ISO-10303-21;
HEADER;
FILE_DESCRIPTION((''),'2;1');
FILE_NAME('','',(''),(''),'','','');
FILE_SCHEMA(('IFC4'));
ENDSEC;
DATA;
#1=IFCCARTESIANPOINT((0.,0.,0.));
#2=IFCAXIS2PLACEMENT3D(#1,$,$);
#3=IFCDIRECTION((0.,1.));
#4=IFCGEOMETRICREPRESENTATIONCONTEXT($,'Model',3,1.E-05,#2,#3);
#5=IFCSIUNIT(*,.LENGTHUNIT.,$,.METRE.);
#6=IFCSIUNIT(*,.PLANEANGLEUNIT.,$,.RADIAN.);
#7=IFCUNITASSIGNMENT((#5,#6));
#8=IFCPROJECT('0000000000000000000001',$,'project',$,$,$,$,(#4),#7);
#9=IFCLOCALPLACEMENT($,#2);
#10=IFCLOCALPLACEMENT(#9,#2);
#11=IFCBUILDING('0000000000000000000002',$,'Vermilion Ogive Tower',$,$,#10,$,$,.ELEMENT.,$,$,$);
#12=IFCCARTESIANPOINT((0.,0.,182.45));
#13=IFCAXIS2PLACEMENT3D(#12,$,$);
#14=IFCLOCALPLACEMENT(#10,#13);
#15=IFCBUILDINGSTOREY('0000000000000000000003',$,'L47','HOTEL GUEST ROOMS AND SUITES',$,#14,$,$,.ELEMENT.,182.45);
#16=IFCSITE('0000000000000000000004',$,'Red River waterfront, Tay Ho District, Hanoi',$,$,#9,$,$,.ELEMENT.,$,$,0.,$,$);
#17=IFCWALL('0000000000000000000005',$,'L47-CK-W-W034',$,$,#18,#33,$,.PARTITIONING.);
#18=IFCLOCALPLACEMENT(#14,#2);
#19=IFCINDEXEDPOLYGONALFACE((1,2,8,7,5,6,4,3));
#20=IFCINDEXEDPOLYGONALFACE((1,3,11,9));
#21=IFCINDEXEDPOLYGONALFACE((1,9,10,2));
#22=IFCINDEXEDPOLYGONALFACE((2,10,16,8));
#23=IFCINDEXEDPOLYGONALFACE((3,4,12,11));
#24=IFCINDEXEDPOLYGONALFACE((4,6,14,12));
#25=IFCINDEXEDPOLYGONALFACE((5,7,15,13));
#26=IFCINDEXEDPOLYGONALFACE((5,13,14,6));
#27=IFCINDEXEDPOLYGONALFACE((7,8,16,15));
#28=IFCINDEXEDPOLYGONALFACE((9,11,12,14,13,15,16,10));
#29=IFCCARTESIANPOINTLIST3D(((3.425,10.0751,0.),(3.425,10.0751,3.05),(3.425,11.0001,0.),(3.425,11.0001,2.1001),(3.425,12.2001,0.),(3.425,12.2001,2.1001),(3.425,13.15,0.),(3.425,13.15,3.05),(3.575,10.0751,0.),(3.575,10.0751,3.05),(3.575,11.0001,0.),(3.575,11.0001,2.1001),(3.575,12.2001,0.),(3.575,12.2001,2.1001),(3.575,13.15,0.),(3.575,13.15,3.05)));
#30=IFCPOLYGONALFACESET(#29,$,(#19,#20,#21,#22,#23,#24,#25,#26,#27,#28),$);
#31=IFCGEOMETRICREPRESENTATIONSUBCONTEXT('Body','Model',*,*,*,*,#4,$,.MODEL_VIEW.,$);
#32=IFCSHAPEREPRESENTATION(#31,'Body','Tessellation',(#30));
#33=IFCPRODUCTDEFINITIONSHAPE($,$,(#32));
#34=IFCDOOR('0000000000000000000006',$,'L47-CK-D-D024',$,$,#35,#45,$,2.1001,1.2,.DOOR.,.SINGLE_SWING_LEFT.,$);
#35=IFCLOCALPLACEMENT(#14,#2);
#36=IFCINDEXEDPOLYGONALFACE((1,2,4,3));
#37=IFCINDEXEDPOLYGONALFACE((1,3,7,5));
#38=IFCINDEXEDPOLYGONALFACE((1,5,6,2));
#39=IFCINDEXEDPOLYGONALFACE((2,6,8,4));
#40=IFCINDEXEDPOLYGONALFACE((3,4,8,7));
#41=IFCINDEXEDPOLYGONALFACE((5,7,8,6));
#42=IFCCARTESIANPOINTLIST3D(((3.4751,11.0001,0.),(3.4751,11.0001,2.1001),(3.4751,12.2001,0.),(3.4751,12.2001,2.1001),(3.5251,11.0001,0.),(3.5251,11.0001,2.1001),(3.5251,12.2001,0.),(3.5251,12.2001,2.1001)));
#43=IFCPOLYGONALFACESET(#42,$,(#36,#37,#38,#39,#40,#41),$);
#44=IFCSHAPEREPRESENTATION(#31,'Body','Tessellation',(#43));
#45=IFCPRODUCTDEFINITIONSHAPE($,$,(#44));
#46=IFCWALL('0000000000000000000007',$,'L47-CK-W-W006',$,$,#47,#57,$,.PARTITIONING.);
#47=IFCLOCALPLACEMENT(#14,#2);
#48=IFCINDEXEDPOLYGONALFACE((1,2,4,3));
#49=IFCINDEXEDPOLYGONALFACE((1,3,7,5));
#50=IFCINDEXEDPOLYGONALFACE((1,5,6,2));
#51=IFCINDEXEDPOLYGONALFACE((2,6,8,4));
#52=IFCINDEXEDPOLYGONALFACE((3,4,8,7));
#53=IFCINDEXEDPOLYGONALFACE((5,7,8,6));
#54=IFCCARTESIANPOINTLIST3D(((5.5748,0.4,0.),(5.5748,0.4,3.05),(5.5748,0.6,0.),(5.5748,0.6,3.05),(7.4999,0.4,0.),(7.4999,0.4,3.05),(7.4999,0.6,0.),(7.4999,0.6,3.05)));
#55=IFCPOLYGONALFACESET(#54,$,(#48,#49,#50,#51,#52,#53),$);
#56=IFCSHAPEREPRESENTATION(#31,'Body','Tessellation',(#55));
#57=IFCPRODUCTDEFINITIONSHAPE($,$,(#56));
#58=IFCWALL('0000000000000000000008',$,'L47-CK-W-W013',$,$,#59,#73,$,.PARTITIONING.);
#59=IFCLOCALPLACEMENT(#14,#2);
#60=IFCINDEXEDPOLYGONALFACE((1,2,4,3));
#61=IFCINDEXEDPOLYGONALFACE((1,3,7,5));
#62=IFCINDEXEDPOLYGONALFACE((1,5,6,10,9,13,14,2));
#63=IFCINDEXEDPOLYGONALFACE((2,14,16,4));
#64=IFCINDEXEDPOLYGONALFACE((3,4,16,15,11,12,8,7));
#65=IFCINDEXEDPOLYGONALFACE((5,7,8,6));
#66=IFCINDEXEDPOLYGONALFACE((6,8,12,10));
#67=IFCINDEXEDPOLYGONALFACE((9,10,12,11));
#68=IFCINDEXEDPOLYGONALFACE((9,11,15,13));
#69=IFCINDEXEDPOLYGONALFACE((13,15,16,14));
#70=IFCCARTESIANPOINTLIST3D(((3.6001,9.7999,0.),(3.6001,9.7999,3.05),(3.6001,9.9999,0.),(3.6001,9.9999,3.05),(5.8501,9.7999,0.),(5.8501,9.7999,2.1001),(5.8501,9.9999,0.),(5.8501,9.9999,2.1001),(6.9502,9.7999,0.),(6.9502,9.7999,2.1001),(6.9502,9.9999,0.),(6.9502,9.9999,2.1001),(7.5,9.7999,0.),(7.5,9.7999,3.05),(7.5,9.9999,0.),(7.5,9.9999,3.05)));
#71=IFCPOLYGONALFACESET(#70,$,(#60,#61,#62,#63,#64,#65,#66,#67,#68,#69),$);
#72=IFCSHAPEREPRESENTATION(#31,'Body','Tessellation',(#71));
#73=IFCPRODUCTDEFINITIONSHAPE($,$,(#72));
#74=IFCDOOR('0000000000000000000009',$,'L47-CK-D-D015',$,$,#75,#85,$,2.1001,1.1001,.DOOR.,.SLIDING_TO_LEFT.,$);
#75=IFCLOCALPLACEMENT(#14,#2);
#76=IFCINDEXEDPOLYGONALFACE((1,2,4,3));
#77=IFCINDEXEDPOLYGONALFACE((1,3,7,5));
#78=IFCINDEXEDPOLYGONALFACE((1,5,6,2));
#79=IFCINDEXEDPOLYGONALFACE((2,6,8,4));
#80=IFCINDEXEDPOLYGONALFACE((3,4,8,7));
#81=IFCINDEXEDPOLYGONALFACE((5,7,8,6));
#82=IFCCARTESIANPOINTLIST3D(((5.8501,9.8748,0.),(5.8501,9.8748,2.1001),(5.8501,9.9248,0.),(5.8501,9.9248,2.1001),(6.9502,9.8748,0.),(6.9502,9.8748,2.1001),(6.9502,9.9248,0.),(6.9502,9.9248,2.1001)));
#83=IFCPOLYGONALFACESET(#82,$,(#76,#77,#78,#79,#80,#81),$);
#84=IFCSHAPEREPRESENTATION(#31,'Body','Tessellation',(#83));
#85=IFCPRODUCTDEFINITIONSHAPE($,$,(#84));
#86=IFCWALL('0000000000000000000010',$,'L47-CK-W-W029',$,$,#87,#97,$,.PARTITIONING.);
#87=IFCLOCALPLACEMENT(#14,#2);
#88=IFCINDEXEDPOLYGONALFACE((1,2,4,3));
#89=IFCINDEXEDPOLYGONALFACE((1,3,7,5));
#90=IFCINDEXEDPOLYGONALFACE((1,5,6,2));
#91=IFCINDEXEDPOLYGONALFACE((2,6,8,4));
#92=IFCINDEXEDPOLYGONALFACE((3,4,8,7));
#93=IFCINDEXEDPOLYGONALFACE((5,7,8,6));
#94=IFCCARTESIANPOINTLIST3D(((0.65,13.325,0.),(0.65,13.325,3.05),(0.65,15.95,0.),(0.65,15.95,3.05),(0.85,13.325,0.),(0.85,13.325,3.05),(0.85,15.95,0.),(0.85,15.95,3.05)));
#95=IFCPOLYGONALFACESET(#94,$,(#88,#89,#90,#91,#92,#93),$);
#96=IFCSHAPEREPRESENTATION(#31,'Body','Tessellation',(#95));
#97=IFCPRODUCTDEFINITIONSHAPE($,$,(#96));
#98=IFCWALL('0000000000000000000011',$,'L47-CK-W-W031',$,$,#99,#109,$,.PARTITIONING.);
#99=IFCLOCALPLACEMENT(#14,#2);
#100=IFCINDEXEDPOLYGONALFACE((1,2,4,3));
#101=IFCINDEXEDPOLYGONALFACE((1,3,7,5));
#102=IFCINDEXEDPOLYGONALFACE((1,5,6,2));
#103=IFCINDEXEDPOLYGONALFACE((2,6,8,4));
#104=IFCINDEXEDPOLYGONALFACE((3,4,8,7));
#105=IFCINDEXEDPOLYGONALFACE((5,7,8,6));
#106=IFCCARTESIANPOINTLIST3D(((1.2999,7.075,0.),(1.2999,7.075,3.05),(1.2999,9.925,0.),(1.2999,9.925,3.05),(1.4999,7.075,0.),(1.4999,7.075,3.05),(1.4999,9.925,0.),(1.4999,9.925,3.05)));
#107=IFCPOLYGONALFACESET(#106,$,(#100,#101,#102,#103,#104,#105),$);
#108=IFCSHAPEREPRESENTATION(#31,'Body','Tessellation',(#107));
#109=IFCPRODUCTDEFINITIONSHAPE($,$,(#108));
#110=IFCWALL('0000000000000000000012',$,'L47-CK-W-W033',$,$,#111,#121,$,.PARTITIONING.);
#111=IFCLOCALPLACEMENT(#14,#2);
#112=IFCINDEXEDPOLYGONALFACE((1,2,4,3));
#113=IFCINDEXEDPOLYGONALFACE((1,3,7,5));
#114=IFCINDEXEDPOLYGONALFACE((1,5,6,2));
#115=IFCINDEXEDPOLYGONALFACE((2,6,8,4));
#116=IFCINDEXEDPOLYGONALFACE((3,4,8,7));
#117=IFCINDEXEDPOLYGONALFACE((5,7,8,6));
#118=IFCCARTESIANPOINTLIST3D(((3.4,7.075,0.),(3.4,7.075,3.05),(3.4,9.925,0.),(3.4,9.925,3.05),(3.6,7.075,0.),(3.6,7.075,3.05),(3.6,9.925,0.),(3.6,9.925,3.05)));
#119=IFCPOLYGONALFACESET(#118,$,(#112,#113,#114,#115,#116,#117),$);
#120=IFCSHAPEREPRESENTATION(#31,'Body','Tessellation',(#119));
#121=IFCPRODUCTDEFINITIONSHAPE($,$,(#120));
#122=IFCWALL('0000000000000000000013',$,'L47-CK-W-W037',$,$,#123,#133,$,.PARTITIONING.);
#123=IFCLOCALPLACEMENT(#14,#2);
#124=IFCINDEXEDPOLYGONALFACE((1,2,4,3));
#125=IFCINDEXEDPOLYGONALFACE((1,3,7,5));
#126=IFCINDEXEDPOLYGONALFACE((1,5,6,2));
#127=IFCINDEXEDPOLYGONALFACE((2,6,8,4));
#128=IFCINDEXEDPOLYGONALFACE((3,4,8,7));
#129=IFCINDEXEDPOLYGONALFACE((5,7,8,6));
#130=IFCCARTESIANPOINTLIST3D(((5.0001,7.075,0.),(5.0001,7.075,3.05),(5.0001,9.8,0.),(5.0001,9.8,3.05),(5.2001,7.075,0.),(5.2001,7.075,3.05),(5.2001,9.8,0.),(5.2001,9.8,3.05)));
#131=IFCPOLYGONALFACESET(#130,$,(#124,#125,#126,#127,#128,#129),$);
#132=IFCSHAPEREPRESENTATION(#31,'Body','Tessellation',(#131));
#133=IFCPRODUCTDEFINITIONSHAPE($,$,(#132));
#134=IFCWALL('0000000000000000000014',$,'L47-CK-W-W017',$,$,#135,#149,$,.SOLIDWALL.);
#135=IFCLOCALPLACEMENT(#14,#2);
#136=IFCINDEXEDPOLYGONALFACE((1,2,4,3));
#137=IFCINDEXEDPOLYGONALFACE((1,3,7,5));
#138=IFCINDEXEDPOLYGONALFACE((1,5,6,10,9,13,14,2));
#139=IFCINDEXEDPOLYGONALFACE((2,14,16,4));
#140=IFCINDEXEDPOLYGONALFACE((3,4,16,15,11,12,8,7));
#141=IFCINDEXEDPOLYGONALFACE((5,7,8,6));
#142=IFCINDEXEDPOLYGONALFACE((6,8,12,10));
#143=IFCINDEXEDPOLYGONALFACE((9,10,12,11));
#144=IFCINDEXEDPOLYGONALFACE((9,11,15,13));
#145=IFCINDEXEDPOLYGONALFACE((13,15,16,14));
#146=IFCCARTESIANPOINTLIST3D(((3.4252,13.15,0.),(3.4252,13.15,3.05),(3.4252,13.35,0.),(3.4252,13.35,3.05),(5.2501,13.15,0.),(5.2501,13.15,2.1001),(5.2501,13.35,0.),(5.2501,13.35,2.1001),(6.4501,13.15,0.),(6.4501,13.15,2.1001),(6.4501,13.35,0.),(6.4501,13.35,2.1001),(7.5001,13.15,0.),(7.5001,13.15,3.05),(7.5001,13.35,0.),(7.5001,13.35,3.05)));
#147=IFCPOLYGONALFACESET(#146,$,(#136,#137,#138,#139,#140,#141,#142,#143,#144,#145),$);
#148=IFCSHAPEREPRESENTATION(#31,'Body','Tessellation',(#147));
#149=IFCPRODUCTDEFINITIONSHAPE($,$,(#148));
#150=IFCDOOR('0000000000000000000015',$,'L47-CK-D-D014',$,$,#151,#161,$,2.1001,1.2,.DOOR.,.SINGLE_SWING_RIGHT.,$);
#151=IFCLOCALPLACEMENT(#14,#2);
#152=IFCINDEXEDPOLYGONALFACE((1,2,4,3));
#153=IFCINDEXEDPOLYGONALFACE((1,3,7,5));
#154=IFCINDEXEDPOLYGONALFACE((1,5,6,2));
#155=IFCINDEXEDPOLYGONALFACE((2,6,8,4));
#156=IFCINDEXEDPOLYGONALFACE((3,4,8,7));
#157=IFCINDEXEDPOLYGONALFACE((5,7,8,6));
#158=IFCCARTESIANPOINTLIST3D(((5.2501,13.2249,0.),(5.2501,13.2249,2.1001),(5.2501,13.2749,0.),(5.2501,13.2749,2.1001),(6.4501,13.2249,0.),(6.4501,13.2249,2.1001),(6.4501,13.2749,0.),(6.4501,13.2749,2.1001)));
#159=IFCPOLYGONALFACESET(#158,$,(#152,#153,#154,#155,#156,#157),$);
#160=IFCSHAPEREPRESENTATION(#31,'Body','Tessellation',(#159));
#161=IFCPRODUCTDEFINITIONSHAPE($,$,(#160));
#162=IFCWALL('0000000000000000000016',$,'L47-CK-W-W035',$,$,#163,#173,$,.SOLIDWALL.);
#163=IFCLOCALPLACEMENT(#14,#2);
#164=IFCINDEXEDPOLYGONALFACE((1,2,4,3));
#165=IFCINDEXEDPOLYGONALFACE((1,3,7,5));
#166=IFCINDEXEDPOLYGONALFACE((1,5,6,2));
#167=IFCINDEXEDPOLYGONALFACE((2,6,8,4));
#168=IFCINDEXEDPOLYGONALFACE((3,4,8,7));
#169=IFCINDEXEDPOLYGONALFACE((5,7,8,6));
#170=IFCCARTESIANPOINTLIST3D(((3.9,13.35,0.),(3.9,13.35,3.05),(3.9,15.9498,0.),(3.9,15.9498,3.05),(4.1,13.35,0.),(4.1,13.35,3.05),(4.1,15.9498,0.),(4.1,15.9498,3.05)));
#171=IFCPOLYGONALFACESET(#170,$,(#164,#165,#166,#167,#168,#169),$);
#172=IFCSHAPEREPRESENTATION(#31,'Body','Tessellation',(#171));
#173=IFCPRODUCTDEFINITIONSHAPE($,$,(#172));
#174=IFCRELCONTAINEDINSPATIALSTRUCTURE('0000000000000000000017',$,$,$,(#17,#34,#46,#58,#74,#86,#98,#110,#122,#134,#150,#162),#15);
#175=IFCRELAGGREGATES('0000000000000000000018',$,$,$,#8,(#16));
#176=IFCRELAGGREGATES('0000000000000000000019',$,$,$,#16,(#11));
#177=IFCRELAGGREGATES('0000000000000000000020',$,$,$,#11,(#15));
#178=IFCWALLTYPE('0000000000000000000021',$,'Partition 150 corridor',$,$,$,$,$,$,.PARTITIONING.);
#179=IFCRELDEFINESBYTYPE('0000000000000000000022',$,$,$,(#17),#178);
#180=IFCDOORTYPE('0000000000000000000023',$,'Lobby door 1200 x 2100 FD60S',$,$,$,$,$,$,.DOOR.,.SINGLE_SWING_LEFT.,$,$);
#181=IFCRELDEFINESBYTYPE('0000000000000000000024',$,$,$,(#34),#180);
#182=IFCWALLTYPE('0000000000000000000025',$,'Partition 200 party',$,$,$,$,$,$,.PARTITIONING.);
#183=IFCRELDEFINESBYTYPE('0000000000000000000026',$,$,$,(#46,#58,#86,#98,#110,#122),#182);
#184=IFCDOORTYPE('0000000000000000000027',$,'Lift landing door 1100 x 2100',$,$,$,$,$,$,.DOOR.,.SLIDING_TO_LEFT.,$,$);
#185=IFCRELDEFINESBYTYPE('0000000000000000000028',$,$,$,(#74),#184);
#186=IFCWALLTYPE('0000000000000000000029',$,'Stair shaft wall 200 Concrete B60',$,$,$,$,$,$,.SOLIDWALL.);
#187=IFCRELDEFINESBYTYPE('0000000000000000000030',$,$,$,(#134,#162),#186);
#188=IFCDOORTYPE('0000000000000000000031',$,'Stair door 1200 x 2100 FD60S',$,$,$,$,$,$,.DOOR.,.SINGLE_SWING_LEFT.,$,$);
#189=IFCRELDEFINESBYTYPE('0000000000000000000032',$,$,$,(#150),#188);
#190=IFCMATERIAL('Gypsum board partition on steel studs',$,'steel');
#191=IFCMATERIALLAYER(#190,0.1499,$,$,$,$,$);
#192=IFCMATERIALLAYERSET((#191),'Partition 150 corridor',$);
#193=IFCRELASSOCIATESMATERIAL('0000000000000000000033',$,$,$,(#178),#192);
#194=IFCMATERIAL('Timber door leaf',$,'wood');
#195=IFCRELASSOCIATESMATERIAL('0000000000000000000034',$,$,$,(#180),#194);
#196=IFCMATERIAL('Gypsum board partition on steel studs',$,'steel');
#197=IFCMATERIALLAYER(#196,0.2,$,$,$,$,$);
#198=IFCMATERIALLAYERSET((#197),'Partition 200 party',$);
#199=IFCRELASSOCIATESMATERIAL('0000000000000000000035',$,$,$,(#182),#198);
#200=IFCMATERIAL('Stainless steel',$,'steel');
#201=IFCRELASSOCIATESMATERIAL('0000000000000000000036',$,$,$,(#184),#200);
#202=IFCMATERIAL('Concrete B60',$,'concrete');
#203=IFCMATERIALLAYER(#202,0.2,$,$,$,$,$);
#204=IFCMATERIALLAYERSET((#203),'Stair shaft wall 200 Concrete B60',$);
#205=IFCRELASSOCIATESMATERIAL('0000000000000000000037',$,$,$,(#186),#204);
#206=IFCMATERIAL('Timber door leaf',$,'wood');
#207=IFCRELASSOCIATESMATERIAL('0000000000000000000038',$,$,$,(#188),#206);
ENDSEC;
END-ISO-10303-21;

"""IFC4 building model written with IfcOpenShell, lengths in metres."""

from ifc_helpers import new_model, si_unit, direction, frame, frame_2d, origin, place, context, subcontext, project, spatial, rectangle, extrude, material, layer, layer_set, type_object, element, fill, save


model = new_model("IFC4")

# Units and contexts
model_context = context("Model", 3, precision=1e-05, world=origin(), true_north=direction((0.0, 1.0)))
body_context = subcontext(model_context, "Body", "Model", "MODEL_VIEW")
ifc_project = project(units=[si_unit("LENGTHUNIT", "METRE"), si_unit("PLANEANGLEUNIT", "RADIAN")], contexts=[model_context])

# Site, building, storey
site_placement = place(None, origin())
site = spatial("IfcSite", under=ifc_project, at=site_placement, Name="Red River waterfront, Tay Ho District, Hanoi", CompositionType="ELEMENT", RefElevation=0.0)
building_placement = place(site_placement, origin())
building = spatial("IfcBuilding", under=site, at=building_placement, Name="Vermilion Ogive Tower", CompositionType="ELEMENT")
storey_placement = place(building_placement, frame((0.0, 0.0, 182.45)))
storey = spatial("IfcBuildingStorey", under=building, at=storey_placement, Name="L47", Description="HOTEL GUEST ROOMS AND SUITES", CompositionType="ELEMENT", Elevation=182.45)

# Shared definitions
ifc_material_1 = material(Name="Gypsum board partition on steel studs", Category="steel")
ifc_layer_1 = layer(ifc_material_1, 0.1499)
ifc_layer_set_1 = layer_set([ifc_layer_1], Name="Partition 150 corridor")
wall_type_1 = type_object("IfcWallType", Name="Partition 150 corridor", PredefinedType="PARTITIONING", material=ifc_layer_set_1)

# Wall, opening, door
wall_1_placement = place(storey_placement, frame((3.5, 10.075, 0.0), z_axis=(0.0, 0.0, 1.0), x_axis=(0.0, 1.0, 0.0)))
wall_1 = element("IfcWall", 1, at=wall_1_placement, inside=storey, type_object=wall_type_1, Name="L47-CK-W-W034", PredefinedType="PARTITIONING", context=body_context, shape_type="SweptSolid", body=[
    extrude(rectangle(XDim=3.075, YDim=0.1499, at=frame_2d((1.5376, 0.0))), origin(), (0.0, 0.0, 1.0), 3.05),
])
opening_1_placement = place(wall_1_placement, frame((0.925, 0.0, 0.0)))
opening_1 = element("IfcOpeningElement", 2, at=opening_1_placement, cuts=wall_1, PredefinedType="OPENING", context=body_context, shape_type="SweptSolid", body=[
    extrude(rectangle(XDim=1.2, YDim=2.1001, at=frame_2d((0.6001, 1.05))), frame((0.0, 0.085, 0.0), z_axis=(0.0, -1.0, 0.0), x_axis=(1.0, 0.0, 0.0)), (0.0, 0.0, 1.0), 0.1699),
])
ifc_material_2 = material(Name="Timber door leaf", Category="wood")
door_type_1 = type_object("IfcDoorType", Name="Lobby door 1200 x 2100 FD60S", OperationType="SINGLE_SWING_LEFT", PredefinedType="DOOR", material=ifc_material_2)
door_1_placement = place(opening_1_placement, origin())
door_1 = element("IfcDoor", 3, at=door_1_placement, inside=storey, type_object=door_type_1, Name="L47-CK-D-D024", OperationType="SINGLE_SWING_LEFT", OverallHeight=2.1001, OverallWidth=1.2, PredefinedType="DOOR", context=body_context, shape_type="SweptSolid", body=[
    extrude(rectangle(XDim=1.2, YDim=2.1001, at=frame_2d((0.6001, 1.05))), frame((0.0, 0.0249, 0.0), z_axis=(0.0, -1.0, 0.0), x_axis=(1.0, 0.0, 0.0)), (0.0, 0.0, 1.0), 0.05),
])
fill(opening_1, door_1)

# Wall
ifc_material_3 = material(Name="Gypsum board partition on steel studs", Category="steel")
ifc_layer_2 = layer(ifc_material_3, 0.2)
ifc_layer_set_2 = layer_set([ifc_layer_2], Name="Partition 200 party")
wall_type_2 = type_object("IfcWallType", Name="Partition 200 party", PredefinedType="PARTITIONING", material=ifc_layer_set_2)
wall_2_placement = place(storey_placement, frame((5.575, 0.5, 0.0), z_axis=(0.0, 0.0, 1.0), x_axis=(1.0, 0.0, 0.0)))
element("IfcWall", 4, at=wall_2_placement, inside=storey, type_object=wall_type_2, Name="L47-CK-W-W006", PredefinedType="PARTITIONING", context=body_context, shape_type="SweptSolid", body=[
    extrude(rectangle(XDim=1.925, YDim=0.2, at=frame_2d((0.9624, 0.0))), origin(), (0.0, 0.0, 1.0), 3.05),
])

# Wall, opening, door
wall_3_placement = place(storey_placement, frame((3.6001, 9.8999, 0.0), z_axis=(0.0, 0.0, 1.0), x_axis=(1.0, 0.0, 0.0)))
wall_3 = element("IfcWall", 5, at=wall_3_placement, inside=storey, type_object=wall_type_2, Name="L47-CK-W-W013", PredefinedType="PARTITIONING", context=body_context, shape_type="SweptSolid", body=[
    extrude(rectangle(XDim=3.8999, YDim=0.2, at=frame_2d((1.95, 0.0))), origin(), (0.0, 0.0, 1.0), 3.05),
])
opening_2_placement = place(wall_3_placement, frame((2.25, 0.0, 0.0)))
opening_2 = element("IfcOpeningElement", 6, at=opening_2_placement, cuts=wall_3, PredefinedType="OPENING", context=body_context, shape_type="SweptSolid", body=[
    extrude(rectangle(XDim=1.1001, YDim=2.1001, at=frame_2d((0.55, 1.05))), frame((0.0, 0.1099, 0.0), z_axis=(0.0, -1.0, 0.0), x_axis=(1.0, 0.0, 0.0)), (0.0, 0.0, 1.0), 0.22),
])
ifc_material_4 = material(Name="Stainless steel", Category="steel")
door_type_2 = type_object("IfcDoorType", Name="Lift landing door 1100 x 2100", OperationType="SLIDING_TO_LEFT", PredefinedType="DOOR", material=ifc_material_4)
door_2_placement = place(opening_2_placement, origin())
door_2 = element("IfcDoor", 7, at=door_2_placement, inside=storey, type_object=door_type_2, Name="L47-CK-D-D015", OperationType="SLIDING_TO_LEFT", OverallHeight=2.1001, OverallWidth=1.1001, PredefinedType="DOOR", context=body_context, shape_type="SweptSolid", body=[
    extrude(rectangle(XDim=1.1001, YDim=2.1001, at=frame_2d((0.55, 1.05))), frame((0.0, 0.0249, 0.0), z_axis=(0.0, -1.0, 0.0), x_axis=(1.0, 0.0, 0.0)), (0.0, 0.0, 1.0), 0.05),
])
fill(opening_2, door_2)

# Walls
wall_4_placement = place(storey_placement, frame((0.75, 13.325, 0.0), z_axis=(0.0, 0.0, 1.0), x_axis=(0.0, 1.0, 0.0)))
element("IfcWall", 8, at=wall_4_placement, inside=storey, type_object=wall_type_2, Name="L47-CK-W-W029", PredefinedType="PARTITIONING", context=body_context, shape_type="SweptSolid", body=[
    extrude(rectangle(XDim=2.625, YDim=0.2, at=frame_2d((1.3125, 0.0))), origin(), (0.0, 0.0, 1.0), 3.05),
])
for number, where, z_axis, x_axis, name in (
    (9, (1.3999, 7.075, 0.0), (0.0, 0.0, 1.0), (0.0, 1.0, 0.0), "L47-CK-W-W031"),
    (10, (3.5, 7.075, 0.0), (0.0, 0.0, 1.0), (0.0, 1.0, 0.0), "L47-CK-W-W033"),
):
    element("IfcWall", number, at=place(storey_placement, frame(where, z_axis=z_axis, x_axis=x_axis)), inside=storey, type_object=wall_type_2, Name=name, PredefinedType="PARTITIONING", context=body_context, shape_type="SweptSolid", body=[
        extrude(rectangle(XDim=2.8501, YDim=0.2, at=frame_2d((1.425, 0.0))), origin(), (0.0, 0.0, 1.0), 3.05),
    ])
wall_5_placement = place(storey_placement, frame((5.1001, 7.075, 0.0), z_axis=(0.0, 0.0, 1.0), x_axis=(0.0, 1.0, 0.0)))
element("IfcWall", 11, at=wall_5_placement, inside=storey, type_object=wall_type_2, Name="L47-CK-W-W037", PredefinedType="PARTITIONING", context=body_context, shape_type="SweptSolid", body=[
    extrude(rectangle(XDim=2.7251, YDim=0.2, at=frame_2d((1.3625, 0.0))), origin(), (0.0, 0.0, 1.0), 3.05),
])

# Wall, opening, door
ifc_material_5 = material(Name="Concrete B60", Category="concrete")
ifc_layer_3 = layer(ifc_material_5, 0.2)
ifc_layer_set_3 = layer_set([ifc_layer_3], Name="Stair shaft wall 200 Concrete B60")
wall_type_3 = type_object("IfcWallType", Name="Stair shaft wall 200 Concrete B60", PredefinedType="SOLIDWALL", material=ifc_layer_set_3)
wall_6_placement = place(storey_placement, frame((3.425, 13.25, 0.0), z_axis=(0.0, 0.0, 1.0), x_axis=(1.0, 0.0, 0.0)))
wall_6 = element("IfcWall", 12, at=wall_6_placement, inside=storey, type_object=wall_type_3, Name="L47-CK-W-W017", PredefinedType="SOLIDWALL", context=body_context, shape_type="SweptSolid", body=[
    extrude(rectangle(XDim=4.075, YDim=0.2, at=frame_2d((2.0376, 0.0))), origin(), (0.0, 0.0, 1.0), 3.05),
])
opening_3_placement = place(wall_6_placement, frame((1.825, 0.0, 0.0)))
opening_3 = element("IfcOpeningElement", 13, at=opening_3_placement, cuts=wall_6, PredefinedType="OPENING", context=body_context, shape_type="SweptSolid", body=[
    extrude(rectangle(XDim=1.2, YDim=2.1001, at=frame_2d((0.6001, 1.05))), frame((0.0, 0.1099, 0.0), z_axis=(0.0, -1.0, 0.0), x_axis=(1.0, 0.0, 0.0)), (0.0, 0.0, 1.0), 0.22),
])
ifc_material_6 = material(Name="Timber door leaf", Category="wood")
door_type_3 = type_object("IfcDoorType", Name="Stair door 1200 x 2100 FD60S", OperationType="SINGLE_SWING_LEFT", PredefinedType="DOOR", material=ifc_material_6)
door_3_placement = place(opening_3_placement, origin())
door_3 = element("IfcDoor", 14, at=door_3_placement, inside=storey, type_object=door_type_3, Name="L47-CK-D-D014", OperationType="SINGLE_SWING_RIGHT", OverallHeight=2.1001, OverallWidth=1.2, PredefinedType="DOOR", context=body_context, shape_type="SweptSolid", body=[
    extrude(rectangle(XDim=1.2, YDim=2.1001, at=frame_2d((0.6001, 1.05))), frame((0.0, 0.0249, 0.0), z_axis=(0.0, -1.0, 0.0), x_axis=(1.0, 0.0, 0.0)), (0.0, 0.0, 1.0), 0.05),
])
fill(opening_3, door_3)

# Wall
wall_7_placement = place(storey_placement, frame((4.0, 13.3501, 0.0), z_axis=(0.0, 0.0, 1.0), x_axis=(0.0, 1.0, 0.0)))
element("IfcWall", 15, at=wall_7_placement, inside=storey, type_object=wall_type_3, Name="L47-CK-W-W035", PredefinedType="SOLIDWALL", context=body_context, shape_type="SweptSolid", body=[
    extrude(rectangle(XDim=2.5999, YDim=0.2, at=frame_2d((1.2998, 0.0))), origin(), (0.0, 0.0, 1.0), 3.05),
])

save(model, "model.ifc")
